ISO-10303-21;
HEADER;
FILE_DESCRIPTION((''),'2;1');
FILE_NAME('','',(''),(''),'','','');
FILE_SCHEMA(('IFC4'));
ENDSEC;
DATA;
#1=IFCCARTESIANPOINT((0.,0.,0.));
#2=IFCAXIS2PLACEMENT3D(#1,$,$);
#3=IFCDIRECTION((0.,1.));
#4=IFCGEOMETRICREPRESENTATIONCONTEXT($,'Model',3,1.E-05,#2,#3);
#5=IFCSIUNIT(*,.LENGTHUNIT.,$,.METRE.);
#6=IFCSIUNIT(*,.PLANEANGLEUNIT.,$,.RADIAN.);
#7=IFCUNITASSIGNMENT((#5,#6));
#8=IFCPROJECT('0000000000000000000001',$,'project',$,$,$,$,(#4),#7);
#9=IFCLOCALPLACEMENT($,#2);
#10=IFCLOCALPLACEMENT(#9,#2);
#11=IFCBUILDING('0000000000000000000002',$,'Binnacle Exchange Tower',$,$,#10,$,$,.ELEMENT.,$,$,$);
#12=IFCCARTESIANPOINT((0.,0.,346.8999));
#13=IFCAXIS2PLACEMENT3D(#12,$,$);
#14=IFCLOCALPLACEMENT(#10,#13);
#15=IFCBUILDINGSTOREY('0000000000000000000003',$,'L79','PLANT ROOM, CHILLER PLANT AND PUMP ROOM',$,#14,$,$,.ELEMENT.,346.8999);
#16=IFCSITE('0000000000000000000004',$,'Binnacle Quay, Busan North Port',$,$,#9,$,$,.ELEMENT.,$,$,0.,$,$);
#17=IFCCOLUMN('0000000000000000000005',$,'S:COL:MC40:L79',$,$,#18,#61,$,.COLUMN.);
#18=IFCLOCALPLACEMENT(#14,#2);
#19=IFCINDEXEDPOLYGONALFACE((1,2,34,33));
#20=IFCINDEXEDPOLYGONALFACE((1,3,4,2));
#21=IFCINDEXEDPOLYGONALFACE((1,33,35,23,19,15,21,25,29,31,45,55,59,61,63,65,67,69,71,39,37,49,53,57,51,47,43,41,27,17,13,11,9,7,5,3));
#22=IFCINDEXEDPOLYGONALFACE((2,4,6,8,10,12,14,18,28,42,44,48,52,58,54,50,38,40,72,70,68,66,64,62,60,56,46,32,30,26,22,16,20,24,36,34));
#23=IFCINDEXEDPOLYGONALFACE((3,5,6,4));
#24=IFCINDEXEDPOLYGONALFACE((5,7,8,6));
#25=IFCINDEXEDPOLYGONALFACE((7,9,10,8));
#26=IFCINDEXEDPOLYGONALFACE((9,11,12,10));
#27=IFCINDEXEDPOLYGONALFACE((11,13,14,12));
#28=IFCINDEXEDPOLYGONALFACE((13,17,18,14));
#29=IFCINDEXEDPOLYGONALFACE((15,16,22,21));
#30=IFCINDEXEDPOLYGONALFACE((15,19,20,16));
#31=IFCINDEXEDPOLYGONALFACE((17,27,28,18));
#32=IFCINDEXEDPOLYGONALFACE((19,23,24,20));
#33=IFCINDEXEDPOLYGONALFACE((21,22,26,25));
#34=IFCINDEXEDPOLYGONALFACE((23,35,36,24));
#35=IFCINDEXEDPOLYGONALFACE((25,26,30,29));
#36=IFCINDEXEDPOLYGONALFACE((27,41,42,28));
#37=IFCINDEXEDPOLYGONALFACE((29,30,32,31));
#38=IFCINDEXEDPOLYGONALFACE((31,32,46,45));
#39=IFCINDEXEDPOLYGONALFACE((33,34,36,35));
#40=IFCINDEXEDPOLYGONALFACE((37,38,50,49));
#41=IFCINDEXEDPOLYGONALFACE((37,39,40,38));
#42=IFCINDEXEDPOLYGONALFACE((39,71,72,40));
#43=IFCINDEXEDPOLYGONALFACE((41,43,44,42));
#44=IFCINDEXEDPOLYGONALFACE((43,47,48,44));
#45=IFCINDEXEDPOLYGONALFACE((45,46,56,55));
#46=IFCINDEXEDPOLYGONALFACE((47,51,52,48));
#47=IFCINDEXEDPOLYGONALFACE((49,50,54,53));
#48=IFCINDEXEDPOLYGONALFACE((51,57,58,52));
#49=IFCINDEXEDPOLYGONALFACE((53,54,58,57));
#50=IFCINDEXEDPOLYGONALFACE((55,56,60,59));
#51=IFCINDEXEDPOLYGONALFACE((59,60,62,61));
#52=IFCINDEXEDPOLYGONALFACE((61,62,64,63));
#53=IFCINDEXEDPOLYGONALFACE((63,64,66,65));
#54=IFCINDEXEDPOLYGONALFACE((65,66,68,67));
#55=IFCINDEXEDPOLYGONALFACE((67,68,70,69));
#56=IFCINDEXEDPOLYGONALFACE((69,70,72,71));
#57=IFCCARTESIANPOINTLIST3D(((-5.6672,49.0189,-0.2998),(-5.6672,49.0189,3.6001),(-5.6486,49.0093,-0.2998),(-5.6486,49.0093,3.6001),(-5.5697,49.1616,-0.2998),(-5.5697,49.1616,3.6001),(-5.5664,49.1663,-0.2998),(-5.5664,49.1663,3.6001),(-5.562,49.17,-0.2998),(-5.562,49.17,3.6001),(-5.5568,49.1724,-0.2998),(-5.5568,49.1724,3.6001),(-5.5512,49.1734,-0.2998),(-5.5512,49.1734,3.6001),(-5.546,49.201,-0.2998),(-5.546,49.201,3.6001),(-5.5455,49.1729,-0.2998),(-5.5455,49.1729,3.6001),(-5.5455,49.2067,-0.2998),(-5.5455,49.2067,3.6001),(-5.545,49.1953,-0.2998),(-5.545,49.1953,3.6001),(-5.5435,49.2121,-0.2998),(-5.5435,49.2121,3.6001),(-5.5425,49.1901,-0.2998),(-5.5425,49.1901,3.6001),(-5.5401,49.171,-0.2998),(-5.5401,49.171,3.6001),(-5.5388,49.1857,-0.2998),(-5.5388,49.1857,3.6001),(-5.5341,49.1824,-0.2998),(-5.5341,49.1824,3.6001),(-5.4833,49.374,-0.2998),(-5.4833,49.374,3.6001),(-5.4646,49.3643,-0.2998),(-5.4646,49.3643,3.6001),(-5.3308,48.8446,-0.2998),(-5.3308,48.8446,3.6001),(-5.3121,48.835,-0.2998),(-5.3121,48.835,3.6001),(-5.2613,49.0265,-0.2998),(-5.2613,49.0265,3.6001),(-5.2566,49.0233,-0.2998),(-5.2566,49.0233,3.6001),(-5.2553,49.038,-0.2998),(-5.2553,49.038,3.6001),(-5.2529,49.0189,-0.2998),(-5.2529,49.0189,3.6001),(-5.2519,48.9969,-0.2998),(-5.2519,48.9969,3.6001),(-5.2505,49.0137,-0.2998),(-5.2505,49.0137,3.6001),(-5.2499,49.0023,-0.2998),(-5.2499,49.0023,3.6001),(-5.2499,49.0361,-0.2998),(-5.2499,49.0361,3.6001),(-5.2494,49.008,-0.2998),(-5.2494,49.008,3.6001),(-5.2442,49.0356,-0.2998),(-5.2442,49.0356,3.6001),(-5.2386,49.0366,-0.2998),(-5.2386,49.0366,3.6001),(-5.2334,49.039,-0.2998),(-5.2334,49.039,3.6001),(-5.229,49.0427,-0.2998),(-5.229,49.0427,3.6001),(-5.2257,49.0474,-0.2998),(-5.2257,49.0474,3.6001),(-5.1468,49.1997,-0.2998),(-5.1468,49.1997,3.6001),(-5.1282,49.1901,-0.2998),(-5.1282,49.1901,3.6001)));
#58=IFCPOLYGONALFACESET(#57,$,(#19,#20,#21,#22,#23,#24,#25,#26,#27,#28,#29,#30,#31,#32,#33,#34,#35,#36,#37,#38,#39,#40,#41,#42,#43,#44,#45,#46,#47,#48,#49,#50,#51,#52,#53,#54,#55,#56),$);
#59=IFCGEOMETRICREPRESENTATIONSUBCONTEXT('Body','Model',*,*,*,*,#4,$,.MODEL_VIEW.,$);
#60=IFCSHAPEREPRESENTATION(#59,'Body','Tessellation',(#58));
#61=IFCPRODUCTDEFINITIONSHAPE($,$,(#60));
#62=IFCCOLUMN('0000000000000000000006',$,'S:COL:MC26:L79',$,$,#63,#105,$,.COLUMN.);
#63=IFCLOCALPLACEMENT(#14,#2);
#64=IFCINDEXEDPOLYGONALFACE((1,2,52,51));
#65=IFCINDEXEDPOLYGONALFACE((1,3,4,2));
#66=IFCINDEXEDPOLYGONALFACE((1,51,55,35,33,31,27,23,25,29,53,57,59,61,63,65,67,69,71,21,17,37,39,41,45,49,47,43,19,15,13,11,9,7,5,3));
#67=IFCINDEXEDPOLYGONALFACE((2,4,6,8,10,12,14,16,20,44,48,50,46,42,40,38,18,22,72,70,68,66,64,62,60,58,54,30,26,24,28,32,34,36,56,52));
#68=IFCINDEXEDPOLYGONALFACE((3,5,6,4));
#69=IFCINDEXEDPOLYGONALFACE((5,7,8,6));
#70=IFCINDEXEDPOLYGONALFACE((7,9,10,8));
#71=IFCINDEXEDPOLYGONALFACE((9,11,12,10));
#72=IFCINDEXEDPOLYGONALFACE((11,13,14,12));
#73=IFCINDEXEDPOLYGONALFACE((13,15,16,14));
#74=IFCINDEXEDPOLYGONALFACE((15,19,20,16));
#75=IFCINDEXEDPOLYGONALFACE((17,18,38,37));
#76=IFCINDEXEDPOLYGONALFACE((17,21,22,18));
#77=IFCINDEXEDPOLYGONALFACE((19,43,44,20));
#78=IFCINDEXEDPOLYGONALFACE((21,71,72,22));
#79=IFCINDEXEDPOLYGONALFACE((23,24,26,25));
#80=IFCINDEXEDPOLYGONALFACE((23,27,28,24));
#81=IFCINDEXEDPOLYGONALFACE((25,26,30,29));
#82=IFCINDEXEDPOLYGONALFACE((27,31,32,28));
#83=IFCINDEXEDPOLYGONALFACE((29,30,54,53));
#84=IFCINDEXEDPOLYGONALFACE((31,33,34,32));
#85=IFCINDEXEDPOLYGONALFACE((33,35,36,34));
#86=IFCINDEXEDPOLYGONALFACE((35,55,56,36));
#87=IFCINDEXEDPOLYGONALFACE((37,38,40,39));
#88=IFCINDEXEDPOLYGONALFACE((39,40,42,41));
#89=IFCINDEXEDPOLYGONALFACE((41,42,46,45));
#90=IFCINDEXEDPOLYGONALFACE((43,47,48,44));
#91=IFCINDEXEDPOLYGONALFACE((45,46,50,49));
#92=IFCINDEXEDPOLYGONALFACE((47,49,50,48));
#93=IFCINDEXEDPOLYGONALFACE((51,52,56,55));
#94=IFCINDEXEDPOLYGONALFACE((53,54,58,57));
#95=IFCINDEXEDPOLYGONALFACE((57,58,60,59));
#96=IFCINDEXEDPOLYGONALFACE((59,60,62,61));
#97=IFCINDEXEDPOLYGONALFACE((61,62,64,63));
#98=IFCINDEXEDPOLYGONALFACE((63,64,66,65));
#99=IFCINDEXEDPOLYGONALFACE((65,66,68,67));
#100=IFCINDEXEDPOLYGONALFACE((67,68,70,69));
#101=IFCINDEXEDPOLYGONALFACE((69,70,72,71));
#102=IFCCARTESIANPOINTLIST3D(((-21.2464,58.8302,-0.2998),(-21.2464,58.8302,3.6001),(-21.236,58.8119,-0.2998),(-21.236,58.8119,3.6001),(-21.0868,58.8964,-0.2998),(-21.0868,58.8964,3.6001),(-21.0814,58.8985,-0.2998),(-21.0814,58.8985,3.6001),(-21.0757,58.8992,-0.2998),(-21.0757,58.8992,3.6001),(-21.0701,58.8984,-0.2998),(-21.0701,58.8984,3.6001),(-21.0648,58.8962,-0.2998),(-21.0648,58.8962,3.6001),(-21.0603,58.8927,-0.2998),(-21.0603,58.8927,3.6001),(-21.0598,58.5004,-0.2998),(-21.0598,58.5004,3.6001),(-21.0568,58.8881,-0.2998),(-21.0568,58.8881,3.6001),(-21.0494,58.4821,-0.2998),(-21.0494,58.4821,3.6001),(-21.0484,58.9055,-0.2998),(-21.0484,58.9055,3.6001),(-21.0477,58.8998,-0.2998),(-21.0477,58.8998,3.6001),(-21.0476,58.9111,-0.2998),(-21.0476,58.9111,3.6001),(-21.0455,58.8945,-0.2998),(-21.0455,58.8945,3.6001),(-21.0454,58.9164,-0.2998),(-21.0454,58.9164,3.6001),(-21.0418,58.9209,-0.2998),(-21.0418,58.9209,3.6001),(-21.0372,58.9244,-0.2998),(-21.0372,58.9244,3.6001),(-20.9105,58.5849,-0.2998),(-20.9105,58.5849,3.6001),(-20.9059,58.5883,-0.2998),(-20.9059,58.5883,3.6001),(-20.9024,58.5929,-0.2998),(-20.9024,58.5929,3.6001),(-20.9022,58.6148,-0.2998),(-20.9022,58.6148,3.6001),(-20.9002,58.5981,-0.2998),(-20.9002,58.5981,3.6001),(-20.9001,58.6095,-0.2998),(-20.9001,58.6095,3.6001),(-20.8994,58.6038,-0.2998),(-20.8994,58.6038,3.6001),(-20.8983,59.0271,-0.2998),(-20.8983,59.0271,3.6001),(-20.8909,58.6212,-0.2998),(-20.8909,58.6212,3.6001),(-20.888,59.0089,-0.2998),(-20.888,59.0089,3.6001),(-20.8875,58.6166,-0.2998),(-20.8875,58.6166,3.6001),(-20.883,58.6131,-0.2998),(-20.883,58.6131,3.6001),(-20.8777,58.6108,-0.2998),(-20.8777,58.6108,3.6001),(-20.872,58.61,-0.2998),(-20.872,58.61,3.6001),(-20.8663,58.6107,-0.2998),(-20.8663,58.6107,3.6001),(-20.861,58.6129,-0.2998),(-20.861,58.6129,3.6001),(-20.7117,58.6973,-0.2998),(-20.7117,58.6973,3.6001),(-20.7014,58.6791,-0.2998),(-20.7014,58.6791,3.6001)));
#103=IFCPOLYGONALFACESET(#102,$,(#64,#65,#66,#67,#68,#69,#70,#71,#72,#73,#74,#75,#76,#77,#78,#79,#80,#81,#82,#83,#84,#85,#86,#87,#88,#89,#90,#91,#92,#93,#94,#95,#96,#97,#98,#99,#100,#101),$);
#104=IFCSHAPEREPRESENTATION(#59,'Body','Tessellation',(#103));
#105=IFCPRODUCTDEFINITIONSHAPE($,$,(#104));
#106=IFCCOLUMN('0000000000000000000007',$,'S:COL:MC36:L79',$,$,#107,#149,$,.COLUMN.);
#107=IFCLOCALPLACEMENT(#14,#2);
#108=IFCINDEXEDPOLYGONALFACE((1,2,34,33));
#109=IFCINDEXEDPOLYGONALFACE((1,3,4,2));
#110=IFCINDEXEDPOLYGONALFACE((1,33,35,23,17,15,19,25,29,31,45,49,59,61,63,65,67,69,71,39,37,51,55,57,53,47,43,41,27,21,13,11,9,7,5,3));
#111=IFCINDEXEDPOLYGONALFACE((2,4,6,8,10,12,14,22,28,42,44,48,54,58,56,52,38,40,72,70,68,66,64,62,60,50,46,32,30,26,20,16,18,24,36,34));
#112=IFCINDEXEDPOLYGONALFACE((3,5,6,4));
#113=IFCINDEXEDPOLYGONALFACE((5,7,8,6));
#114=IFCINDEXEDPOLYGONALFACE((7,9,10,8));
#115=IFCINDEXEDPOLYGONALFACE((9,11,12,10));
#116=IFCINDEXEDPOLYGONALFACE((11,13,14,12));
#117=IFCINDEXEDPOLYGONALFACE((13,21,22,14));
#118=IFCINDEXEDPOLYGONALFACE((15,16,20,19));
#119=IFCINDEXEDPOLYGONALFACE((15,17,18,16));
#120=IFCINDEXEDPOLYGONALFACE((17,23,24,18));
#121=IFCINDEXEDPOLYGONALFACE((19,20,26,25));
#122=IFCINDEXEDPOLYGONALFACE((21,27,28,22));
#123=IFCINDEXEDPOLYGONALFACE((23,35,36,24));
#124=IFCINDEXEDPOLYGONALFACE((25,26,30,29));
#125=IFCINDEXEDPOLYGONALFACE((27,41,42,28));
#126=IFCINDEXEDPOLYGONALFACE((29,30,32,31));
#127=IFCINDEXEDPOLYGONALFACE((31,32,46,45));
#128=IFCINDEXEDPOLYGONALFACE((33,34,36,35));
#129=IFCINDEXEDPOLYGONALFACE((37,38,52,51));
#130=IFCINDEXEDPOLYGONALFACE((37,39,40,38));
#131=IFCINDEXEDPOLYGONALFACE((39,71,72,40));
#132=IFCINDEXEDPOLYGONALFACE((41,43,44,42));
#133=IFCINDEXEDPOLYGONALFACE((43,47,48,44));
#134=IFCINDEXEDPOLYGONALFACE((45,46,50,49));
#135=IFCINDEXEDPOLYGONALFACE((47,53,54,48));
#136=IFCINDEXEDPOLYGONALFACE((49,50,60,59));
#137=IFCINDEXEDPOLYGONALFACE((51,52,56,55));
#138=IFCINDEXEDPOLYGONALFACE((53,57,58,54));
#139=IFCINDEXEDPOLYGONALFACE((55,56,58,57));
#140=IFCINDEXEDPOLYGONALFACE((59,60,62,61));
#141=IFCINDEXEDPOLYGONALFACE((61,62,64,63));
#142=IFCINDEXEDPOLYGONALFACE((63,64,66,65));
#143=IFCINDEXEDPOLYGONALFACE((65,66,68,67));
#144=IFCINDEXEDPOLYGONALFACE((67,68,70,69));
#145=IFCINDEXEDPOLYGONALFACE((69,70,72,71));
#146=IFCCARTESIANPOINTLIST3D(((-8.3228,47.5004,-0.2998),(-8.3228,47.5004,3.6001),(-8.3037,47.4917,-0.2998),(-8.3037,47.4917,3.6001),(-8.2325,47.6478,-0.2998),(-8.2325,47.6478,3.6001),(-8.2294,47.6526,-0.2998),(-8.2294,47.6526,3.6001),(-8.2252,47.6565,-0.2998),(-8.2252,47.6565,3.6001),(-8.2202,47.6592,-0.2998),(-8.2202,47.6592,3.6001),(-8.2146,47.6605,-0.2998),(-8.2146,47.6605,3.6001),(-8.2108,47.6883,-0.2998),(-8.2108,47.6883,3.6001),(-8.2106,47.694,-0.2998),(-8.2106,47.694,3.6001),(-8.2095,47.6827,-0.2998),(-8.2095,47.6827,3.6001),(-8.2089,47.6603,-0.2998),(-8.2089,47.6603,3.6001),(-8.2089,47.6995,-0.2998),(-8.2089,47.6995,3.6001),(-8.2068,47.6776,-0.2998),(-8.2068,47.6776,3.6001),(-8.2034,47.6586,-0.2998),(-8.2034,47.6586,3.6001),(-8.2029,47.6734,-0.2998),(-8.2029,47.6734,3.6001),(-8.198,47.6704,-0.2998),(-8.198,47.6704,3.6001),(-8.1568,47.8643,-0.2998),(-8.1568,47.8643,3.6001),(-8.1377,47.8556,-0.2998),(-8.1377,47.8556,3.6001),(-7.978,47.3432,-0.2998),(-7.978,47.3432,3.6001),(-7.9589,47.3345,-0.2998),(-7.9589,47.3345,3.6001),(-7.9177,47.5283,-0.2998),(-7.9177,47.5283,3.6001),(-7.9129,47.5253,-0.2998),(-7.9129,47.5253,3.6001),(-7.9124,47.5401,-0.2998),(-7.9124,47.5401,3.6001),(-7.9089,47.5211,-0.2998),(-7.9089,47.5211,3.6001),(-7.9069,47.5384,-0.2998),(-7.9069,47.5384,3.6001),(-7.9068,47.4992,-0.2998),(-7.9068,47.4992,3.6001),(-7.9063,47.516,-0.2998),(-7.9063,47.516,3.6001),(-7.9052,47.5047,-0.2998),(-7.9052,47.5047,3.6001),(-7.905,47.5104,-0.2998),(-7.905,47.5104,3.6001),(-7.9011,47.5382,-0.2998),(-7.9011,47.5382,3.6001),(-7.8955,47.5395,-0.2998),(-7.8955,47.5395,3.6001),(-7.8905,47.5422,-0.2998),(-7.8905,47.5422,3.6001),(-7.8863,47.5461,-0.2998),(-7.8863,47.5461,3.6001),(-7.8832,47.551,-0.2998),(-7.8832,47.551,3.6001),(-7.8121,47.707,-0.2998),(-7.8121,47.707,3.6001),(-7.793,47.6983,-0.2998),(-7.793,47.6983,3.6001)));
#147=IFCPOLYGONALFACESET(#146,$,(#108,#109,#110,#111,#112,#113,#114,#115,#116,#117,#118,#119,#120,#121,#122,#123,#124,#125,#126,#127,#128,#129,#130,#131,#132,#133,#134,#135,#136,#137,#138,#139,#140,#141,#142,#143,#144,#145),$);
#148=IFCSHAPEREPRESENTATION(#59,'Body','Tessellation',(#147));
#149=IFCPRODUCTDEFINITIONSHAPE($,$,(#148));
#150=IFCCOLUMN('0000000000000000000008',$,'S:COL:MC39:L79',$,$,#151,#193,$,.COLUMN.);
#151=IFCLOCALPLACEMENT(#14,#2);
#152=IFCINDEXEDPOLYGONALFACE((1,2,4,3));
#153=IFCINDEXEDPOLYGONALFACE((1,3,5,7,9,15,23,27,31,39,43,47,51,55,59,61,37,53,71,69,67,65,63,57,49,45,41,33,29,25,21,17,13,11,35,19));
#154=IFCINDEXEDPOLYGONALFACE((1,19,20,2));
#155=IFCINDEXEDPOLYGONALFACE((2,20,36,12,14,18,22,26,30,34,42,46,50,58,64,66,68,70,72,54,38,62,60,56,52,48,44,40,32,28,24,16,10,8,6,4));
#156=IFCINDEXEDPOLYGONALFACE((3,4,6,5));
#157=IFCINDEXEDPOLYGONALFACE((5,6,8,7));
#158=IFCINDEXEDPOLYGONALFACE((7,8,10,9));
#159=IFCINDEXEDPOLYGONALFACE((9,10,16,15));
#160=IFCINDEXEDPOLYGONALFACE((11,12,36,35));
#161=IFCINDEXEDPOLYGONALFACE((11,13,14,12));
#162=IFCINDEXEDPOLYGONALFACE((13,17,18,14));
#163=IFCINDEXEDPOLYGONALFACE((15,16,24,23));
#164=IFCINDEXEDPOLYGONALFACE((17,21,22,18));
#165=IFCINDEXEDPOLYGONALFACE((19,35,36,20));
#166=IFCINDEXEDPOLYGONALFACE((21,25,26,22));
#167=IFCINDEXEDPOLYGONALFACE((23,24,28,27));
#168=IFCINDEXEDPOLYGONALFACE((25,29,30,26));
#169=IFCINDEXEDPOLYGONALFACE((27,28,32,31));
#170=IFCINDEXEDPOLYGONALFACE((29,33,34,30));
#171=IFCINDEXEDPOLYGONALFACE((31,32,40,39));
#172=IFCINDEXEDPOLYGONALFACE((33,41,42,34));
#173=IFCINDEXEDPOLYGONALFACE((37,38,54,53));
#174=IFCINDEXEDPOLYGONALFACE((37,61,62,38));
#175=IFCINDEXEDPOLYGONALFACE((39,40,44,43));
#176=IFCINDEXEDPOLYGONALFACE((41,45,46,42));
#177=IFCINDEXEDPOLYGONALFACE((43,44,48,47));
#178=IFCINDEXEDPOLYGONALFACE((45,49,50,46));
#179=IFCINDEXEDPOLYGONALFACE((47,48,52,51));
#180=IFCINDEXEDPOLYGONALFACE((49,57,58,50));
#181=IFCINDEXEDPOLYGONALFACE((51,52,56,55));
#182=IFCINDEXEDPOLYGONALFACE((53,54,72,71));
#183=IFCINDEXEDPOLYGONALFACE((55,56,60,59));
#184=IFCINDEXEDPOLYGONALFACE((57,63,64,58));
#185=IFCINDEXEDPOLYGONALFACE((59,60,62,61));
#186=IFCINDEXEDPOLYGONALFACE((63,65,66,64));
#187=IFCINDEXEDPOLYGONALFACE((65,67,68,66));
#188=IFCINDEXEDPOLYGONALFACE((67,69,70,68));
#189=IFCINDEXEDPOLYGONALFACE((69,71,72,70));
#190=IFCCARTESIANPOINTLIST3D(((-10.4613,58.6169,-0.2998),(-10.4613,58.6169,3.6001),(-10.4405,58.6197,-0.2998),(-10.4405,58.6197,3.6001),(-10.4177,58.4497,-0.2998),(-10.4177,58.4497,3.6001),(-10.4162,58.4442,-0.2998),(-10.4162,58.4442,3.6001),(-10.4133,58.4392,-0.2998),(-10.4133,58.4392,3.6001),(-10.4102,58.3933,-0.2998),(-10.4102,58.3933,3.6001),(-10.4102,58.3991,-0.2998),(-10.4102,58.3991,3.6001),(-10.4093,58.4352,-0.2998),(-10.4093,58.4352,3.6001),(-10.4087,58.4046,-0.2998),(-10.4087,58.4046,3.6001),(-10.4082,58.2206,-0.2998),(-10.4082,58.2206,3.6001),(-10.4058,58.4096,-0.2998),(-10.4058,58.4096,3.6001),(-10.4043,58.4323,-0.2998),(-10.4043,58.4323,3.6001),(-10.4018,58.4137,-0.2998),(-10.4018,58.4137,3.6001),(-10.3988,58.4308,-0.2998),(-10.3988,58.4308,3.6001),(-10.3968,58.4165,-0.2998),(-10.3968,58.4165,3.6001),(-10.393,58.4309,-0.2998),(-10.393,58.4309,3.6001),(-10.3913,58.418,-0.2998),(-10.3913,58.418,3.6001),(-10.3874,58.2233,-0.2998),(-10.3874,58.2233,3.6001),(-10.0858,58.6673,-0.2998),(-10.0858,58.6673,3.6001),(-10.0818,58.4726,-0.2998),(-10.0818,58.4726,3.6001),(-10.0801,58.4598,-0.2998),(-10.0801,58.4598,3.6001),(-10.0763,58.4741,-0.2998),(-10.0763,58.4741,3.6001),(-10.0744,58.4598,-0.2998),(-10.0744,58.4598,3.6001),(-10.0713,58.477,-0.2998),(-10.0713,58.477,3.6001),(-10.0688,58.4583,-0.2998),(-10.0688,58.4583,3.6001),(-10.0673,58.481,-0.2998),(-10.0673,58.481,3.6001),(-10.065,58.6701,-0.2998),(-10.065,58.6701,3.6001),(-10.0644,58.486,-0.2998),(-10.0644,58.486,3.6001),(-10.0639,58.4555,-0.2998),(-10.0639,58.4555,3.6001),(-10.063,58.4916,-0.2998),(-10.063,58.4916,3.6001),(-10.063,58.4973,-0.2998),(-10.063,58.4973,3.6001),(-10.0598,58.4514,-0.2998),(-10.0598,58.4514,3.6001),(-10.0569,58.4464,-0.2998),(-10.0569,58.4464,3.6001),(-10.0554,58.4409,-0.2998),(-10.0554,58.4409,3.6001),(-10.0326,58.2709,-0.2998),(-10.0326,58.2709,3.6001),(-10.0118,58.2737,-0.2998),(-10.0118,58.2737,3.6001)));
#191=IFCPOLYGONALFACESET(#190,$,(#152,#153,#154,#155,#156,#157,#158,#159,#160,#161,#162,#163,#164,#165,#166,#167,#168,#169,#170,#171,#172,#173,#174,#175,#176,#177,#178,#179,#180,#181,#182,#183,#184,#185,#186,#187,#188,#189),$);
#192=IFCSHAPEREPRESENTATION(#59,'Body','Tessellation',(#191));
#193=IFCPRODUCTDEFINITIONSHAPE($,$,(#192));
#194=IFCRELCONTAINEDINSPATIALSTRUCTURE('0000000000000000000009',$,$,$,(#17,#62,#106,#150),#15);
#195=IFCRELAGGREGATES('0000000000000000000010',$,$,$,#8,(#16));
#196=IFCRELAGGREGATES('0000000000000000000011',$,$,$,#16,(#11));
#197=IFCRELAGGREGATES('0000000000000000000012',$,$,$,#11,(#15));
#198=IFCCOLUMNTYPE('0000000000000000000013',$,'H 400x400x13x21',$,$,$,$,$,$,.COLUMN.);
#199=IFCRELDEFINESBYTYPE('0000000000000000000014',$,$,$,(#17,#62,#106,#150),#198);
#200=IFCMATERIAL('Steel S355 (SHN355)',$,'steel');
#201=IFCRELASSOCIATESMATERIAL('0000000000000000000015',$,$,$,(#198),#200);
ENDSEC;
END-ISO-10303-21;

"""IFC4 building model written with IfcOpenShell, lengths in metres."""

from ifc_helpers import new_model, si_unit, direction, frame, origin, origin_2d, place, context, subcontext, project, spatial, i_section, extrude, material, material_profile, profile_set, type_object, element, save


model = new_model("IFC4")

# Units and contexts
model_context = context("Model", 3, precision=1e-05, world=origin(), true_north=direction((0.0, 1.0)))
body_context = subcontext(model_context, "Body", "Model", "MODEL_VIEW")
ifc_project = project(units=[si_unit("LENGTHUNIT", "METRE"), si_unit("PLANEANGLEUNIT", "RADIAN")], contexts=[model_context])

# Site, building, storey
site_placement = place(None, origin())
site = spatial("IfcSite", under=ifc_project, at=site_placement, Name="Binnacle Quay, Busan North Port", CompositionType="ELEMENT", RefElevation=0.0)
building_placement = place(site_placement, origin())
building = spatial("IfcBuilding", under=site, at=building_placement, Name="Binnacle Exchange Tower", CompositionType="ELEMENT")
storey_placement = place(building_placement, frame((0.0, 0.0, 346.8999)))
storey = spatial("IfcBuildingStorey", under=building, at=storey_placement, Name="L79", Description="PLANT ROOM, CHILLER PLANT AND PUMP ROOM", CompositionType="ELEMENT", Elevation=346.8999)

# Columns
ifc_material_1 = material(Name="Steel S355 (SHN355)", Category="steel")
ifc_material_profile_1 = material_profile(ifc_material_1, i_section(OverallWidth=0.3999, OverallDepth=0.3999, WebThickness=0.0129, FlangeThickness=0.021, FilletRadius=0.022, at=origin_2d()), Name="H 400x400x13x21")
ifc_profile_set_1 = profile_set([ifc_material_profile_1], Name="Steel S355 (SHN355)")
column_type = type_object("IfcColumnType", Name="H 400x400x13x21", PredefinedType="COLUMN", material=ifc_profile_set_1)
for number, where, z_axis, x_axis, name in (
    (1, (-5.3977, 49.1045, -0.2998), (0.0, 0.0, 1.0), (0.459967, 0.887936, 0.0), "S:COL:MC40:L79"),
    (2, (-20.9739, 58.7546, -0.2998), (0.0, 0.0, 1.0), (-0.870356, -0.492424, 0.0), "S:COL:MC26:L79"),
    (3, (-8.0579, 47.5994, -0.2998), (0.0, 0.0, 1.0), (0.415011, 0.909816, 0.0), "S:COL:MC36:L79"),
    (4, (-10.2366, 58.4453, -0.2998), (0.0, 0.0, 1.0), (-0.132931, 0.991125, 0.0), "S:COL:MC39:L79"),
):
    element("IfcColumn", number, at=place(storey_placement, frame(where, z_axis=z_axis, x_axis=x_axis)), inside=storey, type_object=column_type, Name=name, PredefinedType="COLUMN", context=body_context, shape_type="SweptSolid", body=[
        extrude(i_section(OverallWidth=0.3999, OverallDepth=0.3999, WebThickness=0.0129, FlangeThickness=0.021, FilletRadius=0.022, at=origin_2d()), origin(), (0.0, 0.0, 1.0), 3.8999),
    ])

save(model, "model.ifc")
